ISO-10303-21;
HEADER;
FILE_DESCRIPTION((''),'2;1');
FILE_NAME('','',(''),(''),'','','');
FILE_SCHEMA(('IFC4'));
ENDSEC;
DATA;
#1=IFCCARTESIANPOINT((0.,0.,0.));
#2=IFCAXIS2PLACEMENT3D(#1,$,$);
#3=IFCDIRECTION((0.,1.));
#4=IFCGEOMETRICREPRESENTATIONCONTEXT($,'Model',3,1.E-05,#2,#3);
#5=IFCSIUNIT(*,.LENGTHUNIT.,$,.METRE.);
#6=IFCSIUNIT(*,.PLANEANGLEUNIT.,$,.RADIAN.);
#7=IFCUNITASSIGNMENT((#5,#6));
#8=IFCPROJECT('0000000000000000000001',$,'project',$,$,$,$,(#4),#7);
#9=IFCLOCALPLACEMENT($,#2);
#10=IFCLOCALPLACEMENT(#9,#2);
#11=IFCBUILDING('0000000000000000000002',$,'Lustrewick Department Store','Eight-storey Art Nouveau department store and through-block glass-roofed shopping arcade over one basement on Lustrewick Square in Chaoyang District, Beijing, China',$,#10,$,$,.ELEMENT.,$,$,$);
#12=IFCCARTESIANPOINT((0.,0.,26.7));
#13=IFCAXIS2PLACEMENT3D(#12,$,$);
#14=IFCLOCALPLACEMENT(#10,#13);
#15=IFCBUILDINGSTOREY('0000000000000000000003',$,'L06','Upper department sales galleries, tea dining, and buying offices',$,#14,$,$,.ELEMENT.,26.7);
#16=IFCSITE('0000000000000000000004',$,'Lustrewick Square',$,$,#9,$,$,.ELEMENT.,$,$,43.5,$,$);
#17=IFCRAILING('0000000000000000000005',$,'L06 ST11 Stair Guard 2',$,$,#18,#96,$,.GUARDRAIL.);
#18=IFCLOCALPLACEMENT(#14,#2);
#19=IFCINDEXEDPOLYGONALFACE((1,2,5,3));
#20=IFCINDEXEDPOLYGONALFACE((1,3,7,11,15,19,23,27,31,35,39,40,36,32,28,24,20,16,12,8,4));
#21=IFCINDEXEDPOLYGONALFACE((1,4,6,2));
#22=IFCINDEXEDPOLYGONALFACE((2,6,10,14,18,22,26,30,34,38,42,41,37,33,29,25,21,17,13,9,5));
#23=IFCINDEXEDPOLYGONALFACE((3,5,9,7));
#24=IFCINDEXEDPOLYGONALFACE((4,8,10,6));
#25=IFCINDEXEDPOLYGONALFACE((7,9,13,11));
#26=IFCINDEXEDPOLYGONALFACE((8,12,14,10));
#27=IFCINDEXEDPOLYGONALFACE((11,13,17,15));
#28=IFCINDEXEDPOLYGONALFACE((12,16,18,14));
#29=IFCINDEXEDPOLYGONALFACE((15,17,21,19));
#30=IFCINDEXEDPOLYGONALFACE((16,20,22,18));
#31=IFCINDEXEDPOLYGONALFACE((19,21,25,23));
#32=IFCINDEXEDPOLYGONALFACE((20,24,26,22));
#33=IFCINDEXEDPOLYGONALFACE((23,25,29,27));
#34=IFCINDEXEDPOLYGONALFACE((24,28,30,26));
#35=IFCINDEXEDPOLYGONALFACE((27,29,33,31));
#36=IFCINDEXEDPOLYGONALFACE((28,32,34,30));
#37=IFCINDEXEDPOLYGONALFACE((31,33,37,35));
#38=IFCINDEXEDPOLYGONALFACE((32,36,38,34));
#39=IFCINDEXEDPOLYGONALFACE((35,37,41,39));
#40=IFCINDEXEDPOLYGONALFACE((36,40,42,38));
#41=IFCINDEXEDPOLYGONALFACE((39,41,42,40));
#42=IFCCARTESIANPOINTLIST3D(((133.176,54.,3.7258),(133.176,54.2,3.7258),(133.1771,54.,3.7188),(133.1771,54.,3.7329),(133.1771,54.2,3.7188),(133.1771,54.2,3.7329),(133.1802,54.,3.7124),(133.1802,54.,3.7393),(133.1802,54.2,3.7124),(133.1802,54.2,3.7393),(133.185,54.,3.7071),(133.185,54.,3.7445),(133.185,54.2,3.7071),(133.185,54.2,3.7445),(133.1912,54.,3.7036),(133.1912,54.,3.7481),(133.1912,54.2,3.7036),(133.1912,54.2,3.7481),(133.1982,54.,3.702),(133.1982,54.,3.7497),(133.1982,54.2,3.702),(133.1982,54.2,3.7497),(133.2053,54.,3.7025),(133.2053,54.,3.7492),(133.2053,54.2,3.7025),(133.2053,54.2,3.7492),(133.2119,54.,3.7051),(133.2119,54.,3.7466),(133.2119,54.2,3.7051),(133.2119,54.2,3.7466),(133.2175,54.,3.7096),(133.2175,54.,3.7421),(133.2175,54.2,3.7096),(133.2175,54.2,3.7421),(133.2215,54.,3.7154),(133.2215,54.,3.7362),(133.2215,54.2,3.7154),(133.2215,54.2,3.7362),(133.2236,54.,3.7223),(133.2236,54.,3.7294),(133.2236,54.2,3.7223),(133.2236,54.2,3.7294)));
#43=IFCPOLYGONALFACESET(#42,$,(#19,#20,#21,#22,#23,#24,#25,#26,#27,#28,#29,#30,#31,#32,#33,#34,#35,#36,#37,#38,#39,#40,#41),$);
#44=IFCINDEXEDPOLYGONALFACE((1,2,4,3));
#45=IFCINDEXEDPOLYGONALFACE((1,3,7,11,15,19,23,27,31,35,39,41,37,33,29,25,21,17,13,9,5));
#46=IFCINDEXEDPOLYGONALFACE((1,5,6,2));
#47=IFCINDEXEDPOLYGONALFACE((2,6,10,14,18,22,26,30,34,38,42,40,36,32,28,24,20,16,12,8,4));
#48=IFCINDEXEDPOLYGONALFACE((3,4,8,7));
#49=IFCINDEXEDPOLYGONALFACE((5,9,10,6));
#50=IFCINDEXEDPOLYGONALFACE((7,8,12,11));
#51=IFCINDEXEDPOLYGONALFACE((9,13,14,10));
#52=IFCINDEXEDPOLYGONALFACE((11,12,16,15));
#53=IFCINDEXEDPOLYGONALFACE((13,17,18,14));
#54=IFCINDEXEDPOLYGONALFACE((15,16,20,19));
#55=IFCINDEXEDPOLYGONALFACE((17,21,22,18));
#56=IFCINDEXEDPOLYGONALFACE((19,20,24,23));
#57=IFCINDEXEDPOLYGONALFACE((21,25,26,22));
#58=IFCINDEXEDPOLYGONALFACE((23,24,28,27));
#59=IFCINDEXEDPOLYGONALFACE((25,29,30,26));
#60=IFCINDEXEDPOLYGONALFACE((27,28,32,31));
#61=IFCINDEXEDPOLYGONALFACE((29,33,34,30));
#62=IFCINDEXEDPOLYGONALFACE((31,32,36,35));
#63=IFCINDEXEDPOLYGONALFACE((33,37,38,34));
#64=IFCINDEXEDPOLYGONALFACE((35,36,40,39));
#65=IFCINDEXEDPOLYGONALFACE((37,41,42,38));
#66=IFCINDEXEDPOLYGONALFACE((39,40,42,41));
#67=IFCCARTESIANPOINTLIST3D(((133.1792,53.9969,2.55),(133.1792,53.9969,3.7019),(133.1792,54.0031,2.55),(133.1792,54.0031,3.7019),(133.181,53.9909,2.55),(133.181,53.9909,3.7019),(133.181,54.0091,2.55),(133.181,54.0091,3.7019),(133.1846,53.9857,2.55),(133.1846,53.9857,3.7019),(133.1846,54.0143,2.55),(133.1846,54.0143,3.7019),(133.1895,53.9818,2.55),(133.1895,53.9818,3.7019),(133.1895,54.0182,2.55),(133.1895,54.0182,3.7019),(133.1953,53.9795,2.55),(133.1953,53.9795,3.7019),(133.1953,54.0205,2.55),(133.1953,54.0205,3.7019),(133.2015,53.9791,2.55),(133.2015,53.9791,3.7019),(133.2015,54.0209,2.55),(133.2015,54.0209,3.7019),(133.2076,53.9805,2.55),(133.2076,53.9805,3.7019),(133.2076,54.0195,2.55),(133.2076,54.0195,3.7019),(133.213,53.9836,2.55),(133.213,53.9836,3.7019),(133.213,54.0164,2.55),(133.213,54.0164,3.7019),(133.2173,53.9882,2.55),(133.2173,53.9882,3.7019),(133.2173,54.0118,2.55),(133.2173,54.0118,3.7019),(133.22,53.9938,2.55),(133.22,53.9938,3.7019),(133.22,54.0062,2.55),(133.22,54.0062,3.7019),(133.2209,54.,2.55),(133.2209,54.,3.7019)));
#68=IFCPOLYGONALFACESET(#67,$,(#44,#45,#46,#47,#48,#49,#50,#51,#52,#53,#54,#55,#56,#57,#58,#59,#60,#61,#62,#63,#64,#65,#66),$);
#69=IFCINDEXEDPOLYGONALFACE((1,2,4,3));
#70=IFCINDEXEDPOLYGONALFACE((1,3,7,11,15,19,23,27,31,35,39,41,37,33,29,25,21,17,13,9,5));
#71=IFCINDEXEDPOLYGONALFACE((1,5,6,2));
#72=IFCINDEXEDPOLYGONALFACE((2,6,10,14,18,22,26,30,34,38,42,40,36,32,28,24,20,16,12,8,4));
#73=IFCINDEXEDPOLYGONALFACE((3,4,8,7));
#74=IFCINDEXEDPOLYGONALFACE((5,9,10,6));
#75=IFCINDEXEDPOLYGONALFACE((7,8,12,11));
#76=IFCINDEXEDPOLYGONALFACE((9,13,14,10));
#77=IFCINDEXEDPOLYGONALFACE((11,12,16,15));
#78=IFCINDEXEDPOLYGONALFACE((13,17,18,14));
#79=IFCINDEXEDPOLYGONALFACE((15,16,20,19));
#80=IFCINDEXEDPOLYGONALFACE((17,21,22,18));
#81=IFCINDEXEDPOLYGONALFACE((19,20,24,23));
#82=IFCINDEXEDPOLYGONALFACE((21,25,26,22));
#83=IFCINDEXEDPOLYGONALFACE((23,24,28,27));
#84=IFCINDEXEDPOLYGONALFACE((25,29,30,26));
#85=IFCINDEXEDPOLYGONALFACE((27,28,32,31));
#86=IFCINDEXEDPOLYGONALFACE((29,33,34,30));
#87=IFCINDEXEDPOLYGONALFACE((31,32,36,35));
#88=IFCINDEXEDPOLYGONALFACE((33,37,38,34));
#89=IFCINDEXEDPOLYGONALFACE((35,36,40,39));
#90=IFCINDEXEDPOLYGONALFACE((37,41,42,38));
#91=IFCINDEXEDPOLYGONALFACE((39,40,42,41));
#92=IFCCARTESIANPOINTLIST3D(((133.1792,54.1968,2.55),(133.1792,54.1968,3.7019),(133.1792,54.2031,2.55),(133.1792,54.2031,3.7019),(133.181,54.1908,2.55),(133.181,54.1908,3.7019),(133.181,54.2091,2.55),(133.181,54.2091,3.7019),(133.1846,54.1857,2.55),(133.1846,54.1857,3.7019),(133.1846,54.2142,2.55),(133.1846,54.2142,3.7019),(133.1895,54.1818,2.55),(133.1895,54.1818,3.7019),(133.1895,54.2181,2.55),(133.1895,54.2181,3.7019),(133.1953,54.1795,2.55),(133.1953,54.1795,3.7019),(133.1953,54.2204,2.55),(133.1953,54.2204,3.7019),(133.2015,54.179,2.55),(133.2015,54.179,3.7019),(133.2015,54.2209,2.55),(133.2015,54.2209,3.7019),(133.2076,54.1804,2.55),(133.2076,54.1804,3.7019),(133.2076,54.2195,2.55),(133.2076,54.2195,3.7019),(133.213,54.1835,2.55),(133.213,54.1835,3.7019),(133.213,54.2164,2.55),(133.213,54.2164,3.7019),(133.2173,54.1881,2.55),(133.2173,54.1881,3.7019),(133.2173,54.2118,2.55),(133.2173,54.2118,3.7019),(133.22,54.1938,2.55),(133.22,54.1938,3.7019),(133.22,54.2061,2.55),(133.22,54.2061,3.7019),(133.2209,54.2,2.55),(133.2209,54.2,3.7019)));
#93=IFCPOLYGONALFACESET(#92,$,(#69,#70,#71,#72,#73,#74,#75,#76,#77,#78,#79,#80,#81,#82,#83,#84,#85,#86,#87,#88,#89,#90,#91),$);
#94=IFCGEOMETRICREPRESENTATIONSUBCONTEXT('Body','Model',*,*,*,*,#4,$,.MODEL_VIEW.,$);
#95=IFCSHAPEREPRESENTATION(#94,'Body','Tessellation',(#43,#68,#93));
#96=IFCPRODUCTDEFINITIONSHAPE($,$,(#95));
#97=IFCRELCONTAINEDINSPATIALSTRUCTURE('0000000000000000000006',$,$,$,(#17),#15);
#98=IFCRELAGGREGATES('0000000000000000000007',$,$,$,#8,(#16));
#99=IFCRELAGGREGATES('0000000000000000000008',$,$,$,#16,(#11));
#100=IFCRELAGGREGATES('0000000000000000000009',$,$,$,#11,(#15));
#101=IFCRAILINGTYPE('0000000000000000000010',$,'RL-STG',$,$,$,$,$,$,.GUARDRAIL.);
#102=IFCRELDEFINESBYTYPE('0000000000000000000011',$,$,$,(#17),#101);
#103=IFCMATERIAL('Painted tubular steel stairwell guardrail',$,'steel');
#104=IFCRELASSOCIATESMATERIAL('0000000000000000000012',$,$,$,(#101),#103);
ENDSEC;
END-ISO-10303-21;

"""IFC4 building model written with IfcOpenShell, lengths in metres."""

from ifc_helpers import new_model, si_unit, direction, frame, origin, origin_2d, place, context, subcontext, project, spatial, circle, extrude, material, type_object, element, save


model = new_model("IFC4")

# Units and contexts
model_context = context("Model", 3, precision=1e-05, world=origin(), true_north=direction((0.0, 1.0)))
body_context = subcontext(model_context, "Body", "Model", "MODEL_VIEW")
ifc_project = project(units=[si_unit("LENGTHUNIT", "METRE"), si_unit("PLANEANGLEUNIT", "RADIAN")], contexts=[model_context])

# Site, building, storey
site_placement = place(None, origin())
site = spatial("IfcSite", under=ifc_project, at=site_placement, Name="Lustrewick Square", CompositionType="ELEMENT", RefElevation=43.5)
building_placement = place(site_placement, origin())
building = spatial("IfcBuilding", under=site, at=building_placement, Name="Lustrewick Department Store", Description="Eight-storey Art Nouveau department store and through-block glass-roofed shopping arcade over one basement on Lustrewick Square in Chaoyang District, Beijing, China", CompositionType="ELEMENT")
storey_placement = place(building_placement, frame((0.0, 0.0, 26.7)))
storey = spatial("IfcBuildingStorey", under=building, at=storey_placement, Name="L06", Description="Upper department sales galleries, tea dining, and buying offices", CompositionType="ELEMENT", Elevation=26.7)

# Railing
ifc_material_1 = material(Name="Painted tubular steel stairwell guardrail", Category="steel")
railing_type_1 = type_object("IfcRailingType", Name="RL-STG", PredefinedType="GUARDRAIL", material=ifc_material_1)
railing_1_placement = place(storey_placement, frame((133.2, 54.0, 2.55)))
element("IfcRailing", 1, at=railing_1_placement, inside=storey, type_object=railing_type_1, Name="L06 ST11 Stair Guard 2", PredefinedType="GUARDRAIL", context=body_context, shape_type="SweptSolid", body=[
    extrude(circle(Radius=0.0239, at=origin_2d()), frame((0.0, 0.0, 1.1758), z_axis=(0.0, 1.0, 0.0), x_axis=(-1.0, 0.0, 0.0)), (0.0, 0.0, 1.0), 0.2),
    extrude(circle(Radius=0.021, at=origin_2d()), origin(), (0.0, 0.0, 1.0), 1.1519),
    extrude(circle(Radius=0.021, at=origin_2d()), frame((0.0, 0.2, 0.0)), (0.0, 0.0, 1.0), 1.1519),
])

save(model, "model.ifc")
